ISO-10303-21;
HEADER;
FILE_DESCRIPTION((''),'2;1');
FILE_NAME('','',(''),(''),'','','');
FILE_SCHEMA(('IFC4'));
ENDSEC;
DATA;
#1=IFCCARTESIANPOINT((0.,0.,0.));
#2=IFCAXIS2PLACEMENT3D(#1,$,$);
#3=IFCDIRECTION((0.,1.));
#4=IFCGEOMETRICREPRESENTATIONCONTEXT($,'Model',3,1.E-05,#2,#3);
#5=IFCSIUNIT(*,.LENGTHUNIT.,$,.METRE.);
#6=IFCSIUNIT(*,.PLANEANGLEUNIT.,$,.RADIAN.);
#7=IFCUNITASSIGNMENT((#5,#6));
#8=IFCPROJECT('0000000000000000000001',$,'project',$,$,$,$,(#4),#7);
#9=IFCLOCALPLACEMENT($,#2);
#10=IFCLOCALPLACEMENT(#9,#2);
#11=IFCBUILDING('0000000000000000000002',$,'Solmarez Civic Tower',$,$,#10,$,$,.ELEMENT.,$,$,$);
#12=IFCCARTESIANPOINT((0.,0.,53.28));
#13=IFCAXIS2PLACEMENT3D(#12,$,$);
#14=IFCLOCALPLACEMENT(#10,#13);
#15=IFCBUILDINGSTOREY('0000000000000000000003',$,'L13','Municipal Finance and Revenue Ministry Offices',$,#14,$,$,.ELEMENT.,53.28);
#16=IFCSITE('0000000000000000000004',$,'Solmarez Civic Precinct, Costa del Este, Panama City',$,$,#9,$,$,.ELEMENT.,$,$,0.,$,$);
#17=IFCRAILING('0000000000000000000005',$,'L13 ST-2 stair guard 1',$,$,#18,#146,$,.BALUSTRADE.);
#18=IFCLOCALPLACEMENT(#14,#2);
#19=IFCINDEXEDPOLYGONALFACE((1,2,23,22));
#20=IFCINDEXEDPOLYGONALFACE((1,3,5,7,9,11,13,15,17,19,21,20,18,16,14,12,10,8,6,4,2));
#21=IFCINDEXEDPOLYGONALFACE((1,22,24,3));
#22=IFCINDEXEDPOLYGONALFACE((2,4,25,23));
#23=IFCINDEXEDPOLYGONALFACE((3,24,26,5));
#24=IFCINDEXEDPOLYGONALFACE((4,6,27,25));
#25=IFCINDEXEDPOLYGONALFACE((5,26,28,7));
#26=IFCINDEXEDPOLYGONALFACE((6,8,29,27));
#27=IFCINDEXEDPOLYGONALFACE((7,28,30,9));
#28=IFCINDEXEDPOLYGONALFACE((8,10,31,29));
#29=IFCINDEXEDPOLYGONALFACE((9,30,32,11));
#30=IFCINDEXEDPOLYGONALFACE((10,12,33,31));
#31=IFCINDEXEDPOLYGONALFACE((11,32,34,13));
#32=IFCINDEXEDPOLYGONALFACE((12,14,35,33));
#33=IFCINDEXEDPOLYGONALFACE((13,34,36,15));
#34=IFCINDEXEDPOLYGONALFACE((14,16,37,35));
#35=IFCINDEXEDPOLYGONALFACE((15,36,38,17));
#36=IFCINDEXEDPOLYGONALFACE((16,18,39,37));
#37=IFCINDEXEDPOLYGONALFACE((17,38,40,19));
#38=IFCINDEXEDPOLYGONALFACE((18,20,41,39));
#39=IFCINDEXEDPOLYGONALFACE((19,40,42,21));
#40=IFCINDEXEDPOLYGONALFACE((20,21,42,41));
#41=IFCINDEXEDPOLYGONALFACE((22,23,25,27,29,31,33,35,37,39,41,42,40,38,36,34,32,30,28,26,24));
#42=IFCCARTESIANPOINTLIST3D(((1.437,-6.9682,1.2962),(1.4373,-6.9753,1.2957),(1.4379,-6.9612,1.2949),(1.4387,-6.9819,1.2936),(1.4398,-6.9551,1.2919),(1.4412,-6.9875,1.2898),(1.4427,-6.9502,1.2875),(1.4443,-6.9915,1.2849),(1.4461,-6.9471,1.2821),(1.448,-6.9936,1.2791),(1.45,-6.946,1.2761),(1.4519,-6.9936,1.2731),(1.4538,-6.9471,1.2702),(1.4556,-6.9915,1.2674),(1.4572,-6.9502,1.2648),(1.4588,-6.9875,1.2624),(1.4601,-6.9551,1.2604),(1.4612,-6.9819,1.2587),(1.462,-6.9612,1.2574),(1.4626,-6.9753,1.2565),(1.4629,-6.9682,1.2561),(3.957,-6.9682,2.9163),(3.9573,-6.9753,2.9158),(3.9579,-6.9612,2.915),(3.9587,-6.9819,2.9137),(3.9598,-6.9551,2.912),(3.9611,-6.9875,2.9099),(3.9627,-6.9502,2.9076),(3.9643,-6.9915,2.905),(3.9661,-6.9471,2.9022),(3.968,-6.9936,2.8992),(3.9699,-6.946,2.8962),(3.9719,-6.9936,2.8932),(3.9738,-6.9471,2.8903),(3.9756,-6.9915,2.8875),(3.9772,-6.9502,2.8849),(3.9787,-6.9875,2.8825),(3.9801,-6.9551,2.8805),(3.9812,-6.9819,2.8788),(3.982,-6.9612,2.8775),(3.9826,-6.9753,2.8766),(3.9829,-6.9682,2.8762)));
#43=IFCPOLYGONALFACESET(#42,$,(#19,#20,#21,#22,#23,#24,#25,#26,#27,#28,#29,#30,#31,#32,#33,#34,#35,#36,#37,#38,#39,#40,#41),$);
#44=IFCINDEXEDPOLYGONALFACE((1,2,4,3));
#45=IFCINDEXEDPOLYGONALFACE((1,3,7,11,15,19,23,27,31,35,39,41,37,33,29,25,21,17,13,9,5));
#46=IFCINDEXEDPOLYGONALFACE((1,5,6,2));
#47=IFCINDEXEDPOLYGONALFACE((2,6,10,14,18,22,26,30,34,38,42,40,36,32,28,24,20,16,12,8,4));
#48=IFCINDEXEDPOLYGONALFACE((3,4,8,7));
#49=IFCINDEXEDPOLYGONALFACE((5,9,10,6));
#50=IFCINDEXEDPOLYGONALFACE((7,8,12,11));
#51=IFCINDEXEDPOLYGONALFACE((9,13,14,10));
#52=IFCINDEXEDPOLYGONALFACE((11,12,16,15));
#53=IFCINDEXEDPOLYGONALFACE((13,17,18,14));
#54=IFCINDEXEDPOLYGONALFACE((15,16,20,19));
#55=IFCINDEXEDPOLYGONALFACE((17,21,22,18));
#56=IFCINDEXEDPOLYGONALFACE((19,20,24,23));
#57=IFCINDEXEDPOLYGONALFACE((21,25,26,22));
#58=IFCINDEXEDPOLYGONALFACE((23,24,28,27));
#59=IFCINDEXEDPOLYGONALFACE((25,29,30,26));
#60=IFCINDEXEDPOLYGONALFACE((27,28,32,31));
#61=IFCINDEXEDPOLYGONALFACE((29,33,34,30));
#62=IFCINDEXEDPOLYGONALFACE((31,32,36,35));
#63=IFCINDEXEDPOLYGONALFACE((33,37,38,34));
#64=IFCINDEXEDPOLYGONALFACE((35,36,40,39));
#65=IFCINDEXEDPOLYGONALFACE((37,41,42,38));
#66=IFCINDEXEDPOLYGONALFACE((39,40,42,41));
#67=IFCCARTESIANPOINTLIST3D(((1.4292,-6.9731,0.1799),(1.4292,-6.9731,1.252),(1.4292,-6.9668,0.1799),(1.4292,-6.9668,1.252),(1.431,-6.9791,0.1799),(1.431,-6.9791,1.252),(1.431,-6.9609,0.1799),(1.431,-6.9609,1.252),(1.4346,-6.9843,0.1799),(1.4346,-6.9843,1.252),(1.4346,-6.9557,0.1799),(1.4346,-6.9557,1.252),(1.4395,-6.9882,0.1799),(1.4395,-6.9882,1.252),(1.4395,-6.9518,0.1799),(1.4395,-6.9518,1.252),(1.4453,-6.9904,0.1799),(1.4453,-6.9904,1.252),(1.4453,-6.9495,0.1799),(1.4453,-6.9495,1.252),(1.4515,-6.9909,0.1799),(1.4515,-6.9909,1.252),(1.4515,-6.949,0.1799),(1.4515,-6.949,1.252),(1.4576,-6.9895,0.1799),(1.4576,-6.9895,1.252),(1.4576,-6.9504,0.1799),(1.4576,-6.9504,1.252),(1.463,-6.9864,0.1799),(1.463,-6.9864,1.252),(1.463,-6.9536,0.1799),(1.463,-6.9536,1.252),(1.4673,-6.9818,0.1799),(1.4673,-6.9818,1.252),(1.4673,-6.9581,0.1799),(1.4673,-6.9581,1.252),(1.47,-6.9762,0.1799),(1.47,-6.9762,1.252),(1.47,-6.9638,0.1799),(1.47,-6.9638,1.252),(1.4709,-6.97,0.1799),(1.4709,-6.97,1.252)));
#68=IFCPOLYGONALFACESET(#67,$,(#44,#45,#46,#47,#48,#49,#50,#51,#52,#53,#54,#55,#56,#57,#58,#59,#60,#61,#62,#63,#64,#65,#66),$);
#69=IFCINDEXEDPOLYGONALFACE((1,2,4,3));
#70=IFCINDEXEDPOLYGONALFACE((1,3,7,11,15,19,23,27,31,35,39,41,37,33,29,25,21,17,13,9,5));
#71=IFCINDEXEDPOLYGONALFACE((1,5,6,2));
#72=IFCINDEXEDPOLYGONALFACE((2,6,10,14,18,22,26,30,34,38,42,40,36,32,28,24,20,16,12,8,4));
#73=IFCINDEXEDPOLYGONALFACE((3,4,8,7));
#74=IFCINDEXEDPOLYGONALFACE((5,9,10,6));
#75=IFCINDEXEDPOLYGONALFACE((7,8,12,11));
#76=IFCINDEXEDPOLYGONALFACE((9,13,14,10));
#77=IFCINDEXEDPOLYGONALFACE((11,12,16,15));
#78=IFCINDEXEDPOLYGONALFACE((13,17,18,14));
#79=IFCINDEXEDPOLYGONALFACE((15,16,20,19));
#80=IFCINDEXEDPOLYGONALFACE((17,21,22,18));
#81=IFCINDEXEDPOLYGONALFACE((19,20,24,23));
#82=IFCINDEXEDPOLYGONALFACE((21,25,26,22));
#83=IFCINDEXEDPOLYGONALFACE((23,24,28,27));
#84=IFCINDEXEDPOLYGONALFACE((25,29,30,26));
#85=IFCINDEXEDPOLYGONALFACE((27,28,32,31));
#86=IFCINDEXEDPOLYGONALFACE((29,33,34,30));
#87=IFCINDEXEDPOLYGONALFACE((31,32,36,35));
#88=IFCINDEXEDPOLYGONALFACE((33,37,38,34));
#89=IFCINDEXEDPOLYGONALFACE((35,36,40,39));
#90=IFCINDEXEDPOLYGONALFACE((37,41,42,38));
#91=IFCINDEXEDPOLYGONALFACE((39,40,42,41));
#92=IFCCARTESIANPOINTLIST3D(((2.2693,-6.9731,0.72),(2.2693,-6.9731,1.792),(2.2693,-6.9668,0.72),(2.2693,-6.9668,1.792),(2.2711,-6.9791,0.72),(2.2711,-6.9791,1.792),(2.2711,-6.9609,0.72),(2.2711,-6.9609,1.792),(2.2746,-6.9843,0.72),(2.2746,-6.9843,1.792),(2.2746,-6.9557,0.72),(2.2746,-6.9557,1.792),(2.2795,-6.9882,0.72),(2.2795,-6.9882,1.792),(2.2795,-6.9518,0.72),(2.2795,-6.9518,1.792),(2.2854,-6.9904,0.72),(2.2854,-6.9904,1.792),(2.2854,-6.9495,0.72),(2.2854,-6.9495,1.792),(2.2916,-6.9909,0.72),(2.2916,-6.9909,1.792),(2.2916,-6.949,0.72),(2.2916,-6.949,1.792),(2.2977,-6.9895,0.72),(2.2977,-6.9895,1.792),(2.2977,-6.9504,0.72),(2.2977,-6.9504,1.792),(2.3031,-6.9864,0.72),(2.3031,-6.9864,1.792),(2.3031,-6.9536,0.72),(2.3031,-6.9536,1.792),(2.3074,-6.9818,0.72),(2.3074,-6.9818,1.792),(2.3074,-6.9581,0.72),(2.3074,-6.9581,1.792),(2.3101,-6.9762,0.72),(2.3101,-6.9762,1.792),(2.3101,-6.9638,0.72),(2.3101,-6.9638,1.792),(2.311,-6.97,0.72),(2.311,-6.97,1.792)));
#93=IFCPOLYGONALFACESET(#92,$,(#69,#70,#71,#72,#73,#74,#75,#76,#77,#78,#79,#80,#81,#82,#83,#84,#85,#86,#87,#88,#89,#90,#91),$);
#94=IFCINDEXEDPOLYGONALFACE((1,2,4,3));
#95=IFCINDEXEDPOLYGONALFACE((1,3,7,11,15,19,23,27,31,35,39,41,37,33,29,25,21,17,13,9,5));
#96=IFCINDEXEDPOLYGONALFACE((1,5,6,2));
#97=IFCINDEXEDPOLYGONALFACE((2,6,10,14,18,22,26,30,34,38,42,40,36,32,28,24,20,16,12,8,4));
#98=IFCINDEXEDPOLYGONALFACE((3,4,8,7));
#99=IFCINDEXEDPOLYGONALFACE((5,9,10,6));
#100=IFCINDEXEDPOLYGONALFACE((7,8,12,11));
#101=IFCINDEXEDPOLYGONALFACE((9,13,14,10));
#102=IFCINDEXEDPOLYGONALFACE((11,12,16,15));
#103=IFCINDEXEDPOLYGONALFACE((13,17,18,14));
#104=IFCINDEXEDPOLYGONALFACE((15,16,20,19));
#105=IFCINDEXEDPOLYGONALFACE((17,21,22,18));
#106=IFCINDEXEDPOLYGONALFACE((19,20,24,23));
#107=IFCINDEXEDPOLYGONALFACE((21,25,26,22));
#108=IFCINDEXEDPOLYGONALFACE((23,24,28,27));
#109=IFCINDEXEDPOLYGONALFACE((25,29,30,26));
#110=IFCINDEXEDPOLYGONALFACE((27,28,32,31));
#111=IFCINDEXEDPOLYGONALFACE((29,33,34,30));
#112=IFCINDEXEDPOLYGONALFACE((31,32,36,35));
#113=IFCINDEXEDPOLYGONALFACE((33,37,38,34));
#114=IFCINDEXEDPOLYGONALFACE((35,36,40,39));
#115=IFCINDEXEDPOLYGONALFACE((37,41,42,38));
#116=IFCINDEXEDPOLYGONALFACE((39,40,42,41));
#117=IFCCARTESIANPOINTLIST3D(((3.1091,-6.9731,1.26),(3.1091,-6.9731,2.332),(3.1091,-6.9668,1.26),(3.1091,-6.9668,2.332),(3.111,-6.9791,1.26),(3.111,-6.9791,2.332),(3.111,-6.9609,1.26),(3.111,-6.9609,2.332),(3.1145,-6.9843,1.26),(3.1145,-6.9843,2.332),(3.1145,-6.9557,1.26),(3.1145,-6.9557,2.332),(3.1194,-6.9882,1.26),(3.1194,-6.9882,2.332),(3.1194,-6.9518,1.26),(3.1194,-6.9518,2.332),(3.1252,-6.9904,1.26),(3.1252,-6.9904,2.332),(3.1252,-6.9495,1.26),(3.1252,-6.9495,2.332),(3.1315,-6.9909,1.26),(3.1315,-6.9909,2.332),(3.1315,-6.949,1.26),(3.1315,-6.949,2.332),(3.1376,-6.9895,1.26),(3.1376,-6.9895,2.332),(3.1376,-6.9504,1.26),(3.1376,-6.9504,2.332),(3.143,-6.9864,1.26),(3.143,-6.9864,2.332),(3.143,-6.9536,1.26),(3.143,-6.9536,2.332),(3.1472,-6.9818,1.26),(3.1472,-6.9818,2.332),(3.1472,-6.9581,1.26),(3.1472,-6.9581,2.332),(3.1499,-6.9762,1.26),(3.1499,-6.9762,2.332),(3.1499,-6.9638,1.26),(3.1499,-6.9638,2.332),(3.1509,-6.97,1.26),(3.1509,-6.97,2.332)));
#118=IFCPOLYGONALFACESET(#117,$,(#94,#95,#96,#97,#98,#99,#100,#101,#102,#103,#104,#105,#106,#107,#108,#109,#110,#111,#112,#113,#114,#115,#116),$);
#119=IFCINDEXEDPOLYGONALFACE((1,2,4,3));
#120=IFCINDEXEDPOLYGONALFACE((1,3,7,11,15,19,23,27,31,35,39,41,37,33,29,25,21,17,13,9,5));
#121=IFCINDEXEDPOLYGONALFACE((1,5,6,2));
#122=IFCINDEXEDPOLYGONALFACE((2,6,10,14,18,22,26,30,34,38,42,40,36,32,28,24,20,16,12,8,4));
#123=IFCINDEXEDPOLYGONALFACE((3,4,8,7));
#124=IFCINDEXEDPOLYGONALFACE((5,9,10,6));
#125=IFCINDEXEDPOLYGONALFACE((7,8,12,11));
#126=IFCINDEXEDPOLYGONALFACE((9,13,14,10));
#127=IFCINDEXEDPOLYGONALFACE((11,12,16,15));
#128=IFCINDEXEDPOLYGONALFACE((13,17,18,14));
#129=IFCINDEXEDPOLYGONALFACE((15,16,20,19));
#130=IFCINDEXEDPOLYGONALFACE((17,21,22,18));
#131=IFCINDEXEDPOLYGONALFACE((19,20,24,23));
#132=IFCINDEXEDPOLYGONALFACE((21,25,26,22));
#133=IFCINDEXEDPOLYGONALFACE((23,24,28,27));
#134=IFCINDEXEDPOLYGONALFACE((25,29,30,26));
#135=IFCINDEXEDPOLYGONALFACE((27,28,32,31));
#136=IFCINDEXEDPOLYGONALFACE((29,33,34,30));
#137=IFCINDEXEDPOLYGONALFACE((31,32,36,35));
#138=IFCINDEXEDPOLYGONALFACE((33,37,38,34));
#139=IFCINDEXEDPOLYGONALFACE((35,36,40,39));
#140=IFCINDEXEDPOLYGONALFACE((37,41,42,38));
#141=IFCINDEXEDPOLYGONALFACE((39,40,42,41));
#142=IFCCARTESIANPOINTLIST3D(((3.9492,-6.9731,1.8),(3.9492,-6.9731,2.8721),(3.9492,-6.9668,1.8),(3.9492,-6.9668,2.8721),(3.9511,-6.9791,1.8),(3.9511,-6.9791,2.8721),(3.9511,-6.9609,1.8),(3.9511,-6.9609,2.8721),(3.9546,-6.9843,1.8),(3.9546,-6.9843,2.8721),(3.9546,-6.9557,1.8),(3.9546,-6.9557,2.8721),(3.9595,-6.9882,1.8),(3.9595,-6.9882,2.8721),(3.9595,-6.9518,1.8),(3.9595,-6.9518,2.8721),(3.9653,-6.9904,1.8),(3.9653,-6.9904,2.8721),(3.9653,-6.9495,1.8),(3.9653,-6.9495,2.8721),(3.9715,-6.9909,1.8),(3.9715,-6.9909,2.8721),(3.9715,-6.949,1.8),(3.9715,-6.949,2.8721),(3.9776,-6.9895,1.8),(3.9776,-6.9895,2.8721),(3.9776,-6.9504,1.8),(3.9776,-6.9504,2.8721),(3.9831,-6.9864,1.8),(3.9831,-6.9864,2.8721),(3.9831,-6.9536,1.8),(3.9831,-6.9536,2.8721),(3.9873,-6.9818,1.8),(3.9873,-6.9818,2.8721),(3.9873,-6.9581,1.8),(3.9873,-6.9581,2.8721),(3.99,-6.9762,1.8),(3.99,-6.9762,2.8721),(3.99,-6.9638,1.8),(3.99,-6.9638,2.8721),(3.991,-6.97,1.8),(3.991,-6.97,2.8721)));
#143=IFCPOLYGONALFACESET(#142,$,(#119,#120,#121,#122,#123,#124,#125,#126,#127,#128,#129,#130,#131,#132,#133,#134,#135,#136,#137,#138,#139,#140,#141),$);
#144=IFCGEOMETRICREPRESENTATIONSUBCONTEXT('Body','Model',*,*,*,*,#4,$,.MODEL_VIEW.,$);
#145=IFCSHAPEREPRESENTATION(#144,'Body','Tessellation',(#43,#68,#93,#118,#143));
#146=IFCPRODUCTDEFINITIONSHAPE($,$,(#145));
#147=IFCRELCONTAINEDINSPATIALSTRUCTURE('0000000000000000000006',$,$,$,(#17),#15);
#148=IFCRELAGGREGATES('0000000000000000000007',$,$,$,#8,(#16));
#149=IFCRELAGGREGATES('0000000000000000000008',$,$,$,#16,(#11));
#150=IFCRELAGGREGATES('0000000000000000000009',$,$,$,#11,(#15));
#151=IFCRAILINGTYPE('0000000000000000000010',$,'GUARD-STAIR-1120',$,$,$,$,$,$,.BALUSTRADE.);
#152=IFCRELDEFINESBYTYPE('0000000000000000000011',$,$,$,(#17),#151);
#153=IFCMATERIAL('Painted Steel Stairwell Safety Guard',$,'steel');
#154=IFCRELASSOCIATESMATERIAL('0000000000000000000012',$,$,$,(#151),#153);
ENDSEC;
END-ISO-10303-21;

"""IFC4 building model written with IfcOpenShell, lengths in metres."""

from ifc_helpers import new_model, si_unit, direction, frame, origin, origin_2d, place, context, subcontext, project, spatial, circle, extrude, material, type_object, element, save


model = new_model("IFC4")

# Units and contexts
model_context = context("Model", 3, precision=1e-05, world=origin(), true_north=direction((0.0, 1.0)))
body_context = subcontext(model_context, "Body", "Model", "MODEL_VIEW")
ifc_project = project(units=[si_unit("LENGTHUNIT", "METRE"), si_unit("PLANEANGLEUNIT", "RADIAN")], contexts=[model_context])

# Site, building, storey
site_placement = place(None, origin())
site = spatial("IfcSite", under=ifc_project, at=site_placement, Name="Solmarez Civic Precinct, Costa del Este, Panama City", CompositionType="ELEMENT", RefElevation=0.0)
building_placement = place(site_placement, origin())
building = spatial("IfcBuilding", under=site, at=building_placement, Name="Solmarez Civic Tower", CompositionType="ELEMENT")
storey_placement = place(building_placement, frame((0.0, 0.0, 53.28)))
storey = spatial("IfcBuildingStorey", under=building, at=storey_placement, Name="L13", Description="Municipal Finance and Revenue Ministry Offices", CompositionType="ELEMENT", Elevation=53.28)

# Railing
ifc_material_1 = material(Name="Painted Steel Stairwell Safety Guard", Category="steel")
railing_type_1 = type_object("IfcRailingType", Name="GUARD-STAIR-1120", PredefinedType="BALUSTRADE", material=ifc_material_1)
railing_1_placement = place(storey_placement, frame((1.45, -6.97, 0.1799)))
element("IfcRailing", 1, at=railing_1_placement, inside=storey, type_object=railing_type_1, Name="L13 ST-2 stair guard 1", PredefinedType="BALUSTRADE", context=body_context, shape_type="SweptSolid", body=[
    extrude(circle(Radius=0.0239, at=origin_2d()), frame((0.0, 0.0, 1.0962), z_axis=(0.841163, 0.0, 0.540782), x_axis=(0.0, 1.0, 0.0)), (0.0, 0.0, 1.0), 2.9958),
    extrude(circle(Radius=0.021, at=origin_2d()), origin(), (0.0, 0.0, 1.0), 1.072),
    extrude(circle(Radius=0.021, at=origin_2d()), frame((0.8401, 0.0, 0.54)), (0.0, 0.0, 1.0), 1.072),
    extrude(circle(Radius=0.021, at=origin_2d()), frame((1.6799, 0.0, 1.0801)), (0.0, 0.0, 1.0), 1.072),
    extrude(circle(Radius=0.021, at=origin_2d()), frame((2.52, 0.0, 1.6201)), (0.0, 0.0, 1.0), 1.072),
])

save(model, "model.ifc")
